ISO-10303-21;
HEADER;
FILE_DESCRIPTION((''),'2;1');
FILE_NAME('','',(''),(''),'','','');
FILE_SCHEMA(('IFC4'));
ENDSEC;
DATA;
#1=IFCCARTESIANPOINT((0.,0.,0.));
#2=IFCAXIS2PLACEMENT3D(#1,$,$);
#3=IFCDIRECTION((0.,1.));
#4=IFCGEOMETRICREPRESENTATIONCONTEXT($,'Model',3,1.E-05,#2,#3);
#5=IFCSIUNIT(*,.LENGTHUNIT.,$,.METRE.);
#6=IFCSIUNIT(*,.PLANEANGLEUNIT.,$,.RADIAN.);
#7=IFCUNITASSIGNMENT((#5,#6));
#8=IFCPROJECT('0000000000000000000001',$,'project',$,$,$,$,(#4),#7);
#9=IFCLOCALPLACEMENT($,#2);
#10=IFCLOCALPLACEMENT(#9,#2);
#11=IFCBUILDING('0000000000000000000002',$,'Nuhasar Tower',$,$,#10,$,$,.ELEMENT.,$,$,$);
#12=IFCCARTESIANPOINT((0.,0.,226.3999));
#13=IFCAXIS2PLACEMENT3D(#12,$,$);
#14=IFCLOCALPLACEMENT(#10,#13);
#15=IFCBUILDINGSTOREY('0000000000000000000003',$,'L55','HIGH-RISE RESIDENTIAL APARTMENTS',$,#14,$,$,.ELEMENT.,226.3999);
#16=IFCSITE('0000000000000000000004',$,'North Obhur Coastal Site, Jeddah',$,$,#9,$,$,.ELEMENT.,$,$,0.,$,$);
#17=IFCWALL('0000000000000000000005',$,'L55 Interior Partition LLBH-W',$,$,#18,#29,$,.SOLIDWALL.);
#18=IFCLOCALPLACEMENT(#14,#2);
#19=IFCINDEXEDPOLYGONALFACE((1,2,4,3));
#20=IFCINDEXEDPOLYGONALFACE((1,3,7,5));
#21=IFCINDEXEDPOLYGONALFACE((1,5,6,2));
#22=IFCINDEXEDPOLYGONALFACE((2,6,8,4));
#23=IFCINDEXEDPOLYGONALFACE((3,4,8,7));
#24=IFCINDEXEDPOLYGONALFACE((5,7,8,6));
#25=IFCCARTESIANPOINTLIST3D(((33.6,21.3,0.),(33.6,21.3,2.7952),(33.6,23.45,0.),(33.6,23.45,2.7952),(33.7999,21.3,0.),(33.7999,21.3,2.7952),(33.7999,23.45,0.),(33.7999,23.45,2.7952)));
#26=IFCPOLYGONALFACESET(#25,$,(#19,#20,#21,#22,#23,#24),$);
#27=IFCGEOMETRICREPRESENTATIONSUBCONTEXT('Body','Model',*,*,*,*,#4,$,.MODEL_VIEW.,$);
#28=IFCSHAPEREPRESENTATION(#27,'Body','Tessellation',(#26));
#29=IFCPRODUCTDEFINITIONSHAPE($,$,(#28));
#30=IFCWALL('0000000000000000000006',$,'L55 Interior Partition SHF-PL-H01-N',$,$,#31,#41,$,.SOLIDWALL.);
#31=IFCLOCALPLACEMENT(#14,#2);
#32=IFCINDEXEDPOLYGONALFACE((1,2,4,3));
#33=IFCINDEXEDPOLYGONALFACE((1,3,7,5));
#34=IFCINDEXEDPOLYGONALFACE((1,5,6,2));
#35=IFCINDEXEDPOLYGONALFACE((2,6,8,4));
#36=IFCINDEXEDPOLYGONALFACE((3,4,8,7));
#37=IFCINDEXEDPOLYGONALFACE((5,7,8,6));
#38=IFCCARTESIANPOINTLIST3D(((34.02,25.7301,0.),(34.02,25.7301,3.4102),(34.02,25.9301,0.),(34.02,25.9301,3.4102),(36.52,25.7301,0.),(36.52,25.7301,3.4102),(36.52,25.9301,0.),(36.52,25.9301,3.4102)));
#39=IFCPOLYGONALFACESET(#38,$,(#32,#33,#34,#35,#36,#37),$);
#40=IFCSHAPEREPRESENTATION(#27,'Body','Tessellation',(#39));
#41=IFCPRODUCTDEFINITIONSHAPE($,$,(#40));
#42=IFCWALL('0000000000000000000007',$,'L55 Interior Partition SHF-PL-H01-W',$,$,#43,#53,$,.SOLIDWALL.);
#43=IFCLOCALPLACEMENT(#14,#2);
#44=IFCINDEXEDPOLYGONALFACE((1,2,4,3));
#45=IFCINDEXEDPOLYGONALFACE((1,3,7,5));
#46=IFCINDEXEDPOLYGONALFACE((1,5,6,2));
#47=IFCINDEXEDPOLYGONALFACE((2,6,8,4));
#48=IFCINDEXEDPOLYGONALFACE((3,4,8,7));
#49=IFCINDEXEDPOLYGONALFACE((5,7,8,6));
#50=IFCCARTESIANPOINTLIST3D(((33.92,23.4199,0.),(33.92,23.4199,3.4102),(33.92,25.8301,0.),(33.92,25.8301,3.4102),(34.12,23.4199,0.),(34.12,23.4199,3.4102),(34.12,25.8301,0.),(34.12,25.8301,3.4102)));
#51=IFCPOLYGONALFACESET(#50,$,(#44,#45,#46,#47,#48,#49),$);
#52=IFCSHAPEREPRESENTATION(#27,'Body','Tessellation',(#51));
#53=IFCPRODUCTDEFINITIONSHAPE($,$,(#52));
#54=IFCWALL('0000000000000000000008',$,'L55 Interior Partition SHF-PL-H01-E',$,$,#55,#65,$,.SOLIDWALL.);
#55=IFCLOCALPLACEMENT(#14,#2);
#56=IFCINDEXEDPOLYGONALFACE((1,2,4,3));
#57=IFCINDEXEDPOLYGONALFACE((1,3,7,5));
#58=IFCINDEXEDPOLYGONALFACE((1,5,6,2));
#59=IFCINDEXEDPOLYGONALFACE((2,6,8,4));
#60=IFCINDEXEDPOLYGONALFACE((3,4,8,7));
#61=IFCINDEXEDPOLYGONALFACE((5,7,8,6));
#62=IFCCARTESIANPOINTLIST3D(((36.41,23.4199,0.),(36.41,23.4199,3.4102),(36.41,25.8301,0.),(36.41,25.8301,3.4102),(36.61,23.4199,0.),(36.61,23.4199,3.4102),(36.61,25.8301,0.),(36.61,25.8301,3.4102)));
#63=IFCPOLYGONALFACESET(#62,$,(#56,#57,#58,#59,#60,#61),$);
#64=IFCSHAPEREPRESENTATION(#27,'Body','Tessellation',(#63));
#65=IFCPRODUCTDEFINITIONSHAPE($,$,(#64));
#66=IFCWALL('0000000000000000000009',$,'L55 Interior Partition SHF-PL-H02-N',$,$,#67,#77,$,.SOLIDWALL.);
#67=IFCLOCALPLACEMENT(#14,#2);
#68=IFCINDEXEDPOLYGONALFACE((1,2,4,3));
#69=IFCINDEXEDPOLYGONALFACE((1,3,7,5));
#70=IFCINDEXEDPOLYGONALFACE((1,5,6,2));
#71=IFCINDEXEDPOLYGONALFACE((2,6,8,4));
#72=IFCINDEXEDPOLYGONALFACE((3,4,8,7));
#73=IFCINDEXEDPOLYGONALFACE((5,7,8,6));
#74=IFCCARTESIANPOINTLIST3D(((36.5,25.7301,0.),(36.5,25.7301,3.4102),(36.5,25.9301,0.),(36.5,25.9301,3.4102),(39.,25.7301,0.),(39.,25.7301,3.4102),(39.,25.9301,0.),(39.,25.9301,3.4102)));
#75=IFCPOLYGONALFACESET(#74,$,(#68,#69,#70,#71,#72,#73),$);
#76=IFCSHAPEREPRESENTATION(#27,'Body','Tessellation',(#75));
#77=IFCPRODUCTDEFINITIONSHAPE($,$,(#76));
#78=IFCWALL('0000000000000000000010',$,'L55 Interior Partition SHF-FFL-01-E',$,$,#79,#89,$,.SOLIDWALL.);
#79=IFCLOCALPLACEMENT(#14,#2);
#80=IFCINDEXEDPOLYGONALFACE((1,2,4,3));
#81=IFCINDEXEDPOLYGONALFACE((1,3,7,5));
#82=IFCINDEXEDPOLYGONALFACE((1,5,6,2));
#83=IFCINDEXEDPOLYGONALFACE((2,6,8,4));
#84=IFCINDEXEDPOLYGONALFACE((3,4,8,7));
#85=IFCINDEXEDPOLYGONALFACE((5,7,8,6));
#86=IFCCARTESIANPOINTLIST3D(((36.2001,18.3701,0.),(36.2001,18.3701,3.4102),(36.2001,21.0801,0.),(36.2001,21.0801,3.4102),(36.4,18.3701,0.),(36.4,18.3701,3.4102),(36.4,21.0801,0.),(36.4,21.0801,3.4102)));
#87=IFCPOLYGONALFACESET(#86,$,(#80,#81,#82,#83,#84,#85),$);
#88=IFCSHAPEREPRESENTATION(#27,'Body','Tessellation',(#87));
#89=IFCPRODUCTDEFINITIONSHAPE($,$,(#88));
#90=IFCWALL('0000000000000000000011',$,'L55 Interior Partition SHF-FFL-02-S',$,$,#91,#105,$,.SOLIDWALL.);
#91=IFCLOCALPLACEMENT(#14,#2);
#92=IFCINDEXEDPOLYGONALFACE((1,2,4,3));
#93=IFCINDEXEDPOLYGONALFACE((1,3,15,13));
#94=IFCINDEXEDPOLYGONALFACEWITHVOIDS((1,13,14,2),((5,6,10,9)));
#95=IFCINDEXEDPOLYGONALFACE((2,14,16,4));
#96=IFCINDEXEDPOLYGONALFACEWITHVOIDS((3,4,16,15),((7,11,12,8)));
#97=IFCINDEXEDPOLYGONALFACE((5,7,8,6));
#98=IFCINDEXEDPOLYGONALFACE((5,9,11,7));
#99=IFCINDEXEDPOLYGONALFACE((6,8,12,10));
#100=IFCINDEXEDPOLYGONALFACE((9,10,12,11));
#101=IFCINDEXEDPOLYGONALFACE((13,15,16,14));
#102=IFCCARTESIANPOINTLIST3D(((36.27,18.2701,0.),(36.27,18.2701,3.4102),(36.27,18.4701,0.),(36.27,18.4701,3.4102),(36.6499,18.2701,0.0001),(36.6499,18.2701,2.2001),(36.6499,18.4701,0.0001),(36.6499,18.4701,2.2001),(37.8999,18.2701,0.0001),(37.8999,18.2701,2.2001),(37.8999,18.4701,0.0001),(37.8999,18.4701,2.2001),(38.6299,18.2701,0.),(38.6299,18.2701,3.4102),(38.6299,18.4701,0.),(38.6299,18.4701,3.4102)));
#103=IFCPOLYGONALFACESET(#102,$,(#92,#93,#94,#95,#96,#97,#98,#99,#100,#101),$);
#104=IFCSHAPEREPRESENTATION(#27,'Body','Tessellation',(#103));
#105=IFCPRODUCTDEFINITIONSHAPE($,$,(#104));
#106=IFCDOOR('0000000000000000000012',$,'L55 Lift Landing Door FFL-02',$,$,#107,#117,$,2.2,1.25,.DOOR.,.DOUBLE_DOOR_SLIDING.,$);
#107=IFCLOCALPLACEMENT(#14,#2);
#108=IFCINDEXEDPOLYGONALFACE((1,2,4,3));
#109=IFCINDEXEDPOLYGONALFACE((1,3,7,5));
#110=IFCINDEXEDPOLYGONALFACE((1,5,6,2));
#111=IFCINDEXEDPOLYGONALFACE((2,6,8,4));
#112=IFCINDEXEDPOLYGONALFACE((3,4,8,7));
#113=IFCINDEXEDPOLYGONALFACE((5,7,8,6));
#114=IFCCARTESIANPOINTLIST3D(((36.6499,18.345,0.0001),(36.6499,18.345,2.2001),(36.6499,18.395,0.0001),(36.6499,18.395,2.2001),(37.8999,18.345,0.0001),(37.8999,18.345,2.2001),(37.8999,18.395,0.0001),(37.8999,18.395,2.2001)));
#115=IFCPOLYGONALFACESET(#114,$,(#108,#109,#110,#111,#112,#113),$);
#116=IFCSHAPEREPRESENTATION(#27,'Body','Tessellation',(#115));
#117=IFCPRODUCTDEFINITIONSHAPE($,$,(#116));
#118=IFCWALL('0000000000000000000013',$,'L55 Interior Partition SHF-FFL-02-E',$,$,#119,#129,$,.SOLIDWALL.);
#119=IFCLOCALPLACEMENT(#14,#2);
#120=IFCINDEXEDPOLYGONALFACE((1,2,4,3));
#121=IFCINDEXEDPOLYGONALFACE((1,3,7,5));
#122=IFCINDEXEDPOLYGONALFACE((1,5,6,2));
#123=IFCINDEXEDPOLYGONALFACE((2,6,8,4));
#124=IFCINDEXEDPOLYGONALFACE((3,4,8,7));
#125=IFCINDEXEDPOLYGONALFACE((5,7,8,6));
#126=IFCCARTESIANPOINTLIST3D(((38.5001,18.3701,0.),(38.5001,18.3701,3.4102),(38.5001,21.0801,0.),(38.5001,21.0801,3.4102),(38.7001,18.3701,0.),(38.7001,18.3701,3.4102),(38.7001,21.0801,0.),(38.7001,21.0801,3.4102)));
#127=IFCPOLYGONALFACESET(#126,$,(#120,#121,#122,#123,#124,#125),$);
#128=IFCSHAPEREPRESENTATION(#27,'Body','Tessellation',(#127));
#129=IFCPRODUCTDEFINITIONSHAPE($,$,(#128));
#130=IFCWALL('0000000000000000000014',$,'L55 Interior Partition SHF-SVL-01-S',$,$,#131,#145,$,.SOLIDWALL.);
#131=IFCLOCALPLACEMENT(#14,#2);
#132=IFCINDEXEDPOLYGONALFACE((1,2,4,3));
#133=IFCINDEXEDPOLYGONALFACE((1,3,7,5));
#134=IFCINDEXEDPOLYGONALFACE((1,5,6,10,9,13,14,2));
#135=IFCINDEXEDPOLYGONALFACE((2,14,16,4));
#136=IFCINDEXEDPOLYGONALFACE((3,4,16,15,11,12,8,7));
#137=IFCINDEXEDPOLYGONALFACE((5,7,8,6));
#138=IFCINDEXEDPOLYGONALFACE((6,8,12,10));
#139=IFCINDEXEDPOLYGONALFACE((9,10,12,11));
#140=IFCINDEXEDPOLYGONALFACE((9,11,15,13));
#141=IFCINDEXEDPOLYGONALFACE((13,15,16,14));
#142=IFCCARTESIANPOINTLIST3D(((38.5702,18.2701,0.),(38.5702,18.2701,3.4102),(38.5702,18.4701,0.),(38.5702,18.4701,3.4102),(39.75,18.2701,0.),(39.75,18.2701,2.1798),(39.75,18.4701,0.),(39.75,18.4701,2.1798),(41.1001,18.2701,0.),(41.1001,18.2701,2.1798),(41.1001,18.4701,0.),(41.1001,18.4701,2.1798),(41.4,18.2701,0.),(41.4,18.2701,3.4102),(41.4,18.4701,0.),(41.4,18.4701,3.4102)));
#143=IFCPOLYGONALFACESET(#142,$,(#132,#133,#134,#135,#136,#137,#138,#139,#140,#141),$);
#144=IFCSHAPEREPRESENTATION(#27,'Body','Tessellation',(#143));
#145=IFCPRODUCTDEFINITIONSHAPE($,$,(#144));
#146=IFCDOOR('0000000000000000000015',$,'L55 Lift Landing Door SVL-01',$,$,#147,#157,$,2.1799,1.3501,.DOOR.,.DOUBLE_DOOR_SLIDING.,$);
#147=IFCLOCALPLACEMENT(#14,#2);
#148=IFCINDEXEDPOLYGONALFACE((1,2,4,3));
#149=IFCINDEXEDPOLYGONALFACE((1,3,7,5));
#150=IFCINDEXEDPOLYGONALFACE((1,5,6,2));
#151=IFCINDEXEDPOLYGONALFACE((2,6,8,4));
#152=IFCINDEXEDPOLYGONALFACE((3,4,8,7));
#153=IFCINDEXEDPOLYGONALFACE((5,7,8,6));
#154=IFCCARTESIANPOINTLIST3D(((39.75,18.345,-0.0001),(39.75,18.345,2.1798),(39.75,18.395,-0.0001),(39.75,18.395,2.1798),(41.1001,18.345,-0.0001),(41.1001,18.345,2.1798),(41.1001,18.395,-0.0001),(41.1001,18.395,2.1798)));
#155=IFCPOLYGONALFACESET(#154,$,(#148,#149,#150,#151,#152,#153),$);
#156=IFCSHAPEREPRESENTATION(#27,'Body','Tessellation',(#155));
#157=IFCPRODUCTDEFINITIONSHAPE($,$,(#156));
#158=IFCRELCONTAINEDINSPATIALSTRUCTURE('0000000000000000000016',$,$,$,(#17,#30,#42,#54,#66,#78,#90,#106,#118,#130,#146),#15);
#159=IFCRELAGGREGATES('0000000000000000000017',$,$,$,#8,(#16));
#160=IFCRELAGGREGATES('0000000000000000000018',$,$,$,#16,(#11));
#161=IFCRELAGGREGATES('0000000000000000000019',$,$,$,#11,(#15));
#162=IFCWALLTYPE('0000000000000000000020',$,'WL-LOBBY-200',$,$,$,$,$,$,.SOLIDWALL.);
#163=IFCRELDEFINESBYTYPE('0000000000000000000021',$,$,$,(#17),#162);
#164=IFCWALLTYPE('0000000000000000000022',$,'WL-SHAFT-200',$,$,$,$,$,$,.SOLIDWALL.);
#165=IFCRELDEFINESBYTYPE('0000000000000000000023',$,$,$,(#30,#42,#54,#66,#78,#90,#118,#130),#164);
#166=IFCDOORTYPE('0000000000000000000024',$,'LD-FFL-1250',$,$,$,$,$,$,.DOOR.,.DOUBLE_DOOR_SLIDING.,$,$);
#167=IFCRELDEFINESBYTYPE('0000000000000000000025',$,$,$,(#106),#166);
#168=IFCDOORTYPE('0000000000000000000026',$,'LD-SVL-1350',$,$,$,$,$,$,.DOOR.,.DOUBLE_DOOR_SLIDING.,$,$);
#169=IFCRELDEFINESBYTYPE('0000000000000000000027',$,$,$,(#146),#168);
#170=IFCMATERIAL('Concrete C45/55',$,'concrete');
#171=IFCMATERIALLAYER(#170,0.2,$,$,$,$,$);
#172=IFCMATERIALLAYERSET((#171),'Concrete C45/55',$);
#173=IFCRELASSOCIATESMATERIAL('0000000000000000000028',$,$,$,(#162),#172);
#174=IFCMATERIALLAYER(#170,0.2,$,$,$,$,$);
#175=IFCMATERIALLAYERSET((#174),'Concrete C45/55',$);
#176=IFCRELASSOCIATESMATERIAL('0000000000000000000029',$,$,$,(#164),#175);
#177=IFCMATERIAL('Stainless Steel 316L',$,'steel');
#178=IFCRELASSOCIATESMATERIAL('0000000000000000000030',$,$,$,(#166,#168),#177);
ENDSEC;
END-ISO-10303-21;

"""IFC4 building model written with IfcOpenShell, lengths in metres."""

from ifc_helpers import new_model, si_unit, direction, frame, frame_2d, origin, place, context, subcontext, project, spatial, rectangle, extrude, material, layer, layer_set, type_object, element, fill, save


model = new_model("IFC4")

# Units and contexts
model_context = context("Model", 3, precision=1e-05, world=origin(), true_north=direction((0.0, 1.0)))
body_context = subcontext(model_context, "Body", "Model", "MODEL_VIEW")
ifc_project = project(units=[si_unit("LENGTHUNIT", "METRE"), si_unit("PLANEANGLEUNIT", "RADIAN")], contexts=[model_context])

# Site, building, storey
site_placement = place(None, origin())
site = spatial("IfcSite", under=ifc_project, at=site_placement, Name="North Obhur Coastal Site, Jeddah", CompositionType="ELEMENT", RefElevation=0.0)
building_placement = place(site_placement, origin())
building = spatial("IfcBuilding", under=site, at=building_placement, Name="Nuhasar Tower", CompositionType="ELEMENT")
storey_placement = place(building_placement, frame((0.0, 0.0, 226.3999)))
storey = spatial("IfcBuildingStorey", under=building, at=storey_placement, Name="L55", Description="HIGH-RISE RESIDENTIAL APARTMENTS", CompositionType="ELEMENT", Elevation=226.3999)

# Wall
ifc_material_1 = material(Name="Concrete C45/55", Category="concrete")
ifc_layer_1 = layer(ifc_material_1, 0.2)
ifc_layer_set_1 = layer_set([ifc_layer_1], Name="Concrete C45/55")
wall_type_1 = type_object("IfcWallType", Name="WL-LOBBY-200", PredefinedType="SOLIDWALL", material=ifc_layer_set_1)
wall_1_placement = place(storey_placement, frame((33.7, 21.3, 0.0), z_axis=(0.0, 0.0, 1.0), x_axis=(0.0, 1.0, 0.0)))
element("IfcWall", 1, at=wall_1_placement, inside=storey, type_object=wall_type_1, Name="L55 Interior Partition LLBH-W", PredefinedType="SOLIDWALL", context=body_context, shape_type="SweptSolid", body=[
    extrude(rectangle(XDim=2.1499, YDim=0.2, at=frame_2d((1.075, 0.0))), origin(), (0.0, 0.0, 1.0), 2.7952),
])

# Shared definitions
ifc_layer_2 = layer(ifc_material_1, 0.2)
ifc_layer_set_2 = layer_set([ifc_layer_2], Name="Concrete C45/55")
wall_type_2 = type_object("IfcWallType", Name="WL-SHAFT-200", PredefinedType="SOLIDWALL", material=ifc_layer_set_2)
ifc_material_2 = material(Name="Stainless Steel 316L", Category="steel")

# Walls
wall_2_placement = place(storey_placement, frame((34.02, 25.8301, 0.0), z_axis=(0.0, 0.0, 1.0), x_axis=(1.0, 0.0, 0.0)))
element("IfcWall", 2, at=wall_2_placement, inside=storey, type_object=wall_type_2, Name="L55 Interior Partition SHF-PL-H01-N", PredefinedType="SOLIDWALL", context=body_context, shape_type="SweptSolid", body=[
    extrude(rectangle(XDim=2.5, YDim=0.2, at=frame_2d((1.25, 0.0))), origin(), (0.0, 0.0, 1.0), 3.4102),
])
for number, where, z_axis, x_axis, name in (
    (3, (34.02, 23.4199, 0.0), (0.0, 0.0, 1.0), (0.0, 1.0, 0.0), "L55 Interior Partition SHF-PL-H01-W"),
    (4, (36.51, 23.4199, 0.0), (0.0, 0.0, 1.0), (0.0, 1.0, 0.0), "L55 Interior Partition SHF-PL-H01-E"),
):
    element("IfcWall", number, at=place(storey_placement, frame(where, z_axis=z_axis, x_axis=x_axis)), inside=storey, type_object=wall_type_2, Name=name, PredefinedType="SOLIDWALL", context=body_context, shape_type="SweptSolid", body=[
        extrude(rectangle(XDim=2.4102, YDim=0.2, at=frame_2d((1.2051, 0.0))), origin(), (0.0, 0.0, 1.0), 3.4102),
    ])

# Walls
wall_3_placement = place(storey_placement, frame((36.5, 25.8301, 0.0), z_axis=(0.0, 0.0, 1.0), x_axis=(1.0, 0.0, 0.0)))
element("IfcWall", 5, at=wall_3_placement, inside=storey, type_object=wall_type_2, Name="L55 Interior Partition SHF-PL-H02-N", PredefinedType="SOLIDWALL", context=body_context, shape_type="SweptSolid", body=[
    extrude(rectangle(XDim=2.5, YDim=0.2, at=frame_2d((1.25, 0.0))), origin(), (0.0, 0.0, 1.0), 3.4102),
])
wall_4_placement = place(storey_placement, frame((36.3, 18.3701, 0.0), z_axis=(0.0, 0.0, 1.0), x_axis=(0.0, 1.0, 0.0)))
element("IfcWall", 6, at=wall_4_placement, inside=storey, type_object=wall_type_2, Name="L55 Interior Partition SHF-FFL-01-E", PredefinedType="SOLIDWALL", context=body_context, shape_type="SweptSolid", body=[
    extrude(rectangle(XDim=2.71, YDim=0.2, at=frame_2d((1.355, 0.0))), origin(), (0.0, 0.0, 1.0), 3.4102),
])

# Wall, opening, door
wall_5_placement = place(storey_placement, frame((36.27, 18.3701, 0.0), z_axis=(0.0, 0.0, 1.0), x_axis=(1.0, 0.0, 0.0)))
wall_5 = element("IfcWall", 7, at=wall_5_placement, inside=storey, type_object=wall_type_2, Name="L55 Interior Partition SHF-FFL-02-S", PredefinedType="SOLIDWALL", context=body_context, shape_type="SweptSolid", body=[
    extrude(rectangle(XDim=2.3599, YDim=0.2, at=frame_2d((1.1799, 0.0))), origin(), (0.0, 0.0, 1.0), 3.4102),
])
opening_1_placement = place(wall_5_placement, frame((0.3799, 0.0, 0.0)))
opening_1 = element("IfcOpeningElement", 8, at=opening_1_placement, cuts=wall_5, PredefinedType="OPENING", context=body_context, shape_type="SweptSolid", body=[
    extrude(rectangle(XDim=1.25, YDim=2.2, at=frame_2d((0.625, 1.1001))), frame((0.0, 0.1099, 0.0), z_axis=(0.0, -1.0, 0.0), x_axis=(1.0, 0.0, 0.0)), (0.0, 0.0, 1.0), 0.22),
])
door_type_1 = type_object("IfcDoorType", Name="LD-FFL-1250", OperationType="DOUBLE_DOOR_SLIDING", PredefinedType="DOOR", material=ifc_material_2)
door_1_placement = place(opening_1_placement, origin())
door_1 = element("IfcDoor", 9, at=door_1_placement, inside=storey, type_object=door_type_1, Name="L55 Lift Landing Door FFL-02", OperationType="DOUBLE_DOOR_SLIDING", OverallHeight=2.2, OverallWidth=1.25, PredefinedType="DOOR", context=body_context, shape_type="SweptSolid", body=[
    extrude(rectangle(XDim=1.25, YDim=2.2, at=frame_2d((0.625, 1.1001))), frame((0.0, 0.0249, 0.0), z_axis=(0.0, -1.0, 0.0), x_axis=(1.0, 0.0, 0.0)), (0.0, 0.0, 1.0), 0.05),
])
fill(opening_1, door_1)

# Wall
wall_6_placement = place(storey_placement, frame((38.6001, 18.3701, 0.0), z_axis=(0.0, 0.0, 1.0), x_axis=(0.0, 1.0, 0.0)))
element("IfcWall", 10, at=wall_6_placement, inside=storey, type_object=wall_type_2, Name="L55 Interior Partition SHF-FFL-02-E", PredefinedType="SOLIDWALL", context=body_context, shape_type="SweptSolid", body=[
    extrude(rectangle(XDim=2.71, YDim=0.2, at=frame_2d((1.355, 0.0))), origin(), (0.0, 0.0, 1.0), 3.4102),
])

# Wall, opening, door
wall_7_placement = place(storey_placement, frame((38.5701, 18.3701, 0.0), z_axis=(0.0, 0.0, 1.0), x_axis=(1.0, 0.0, 0.0)))
wall_7 = element("IfcWall", 11, at=wall_7_placement, inside=storey, type_object=wall_type_2, Name="L55 Interior Partition SHF-SVL-01-S", PredefinedType="SOLIDWALL", context=body_context, shape_type="SweptSolid", body=[
    extrude(rectangle(XDim=2.8298, YDim=0.2, at=frame_2d((1.415, 0.0))), origin(), (0.0, 0.0, 1.0), 3.4102),
])
opening_2_placement = place(wall_7_placement, frame((1.1799, 0.0, 0.0)))
opening_2 = element("IfcOpeningElement", 12, at=opening_2_placement, cuts=wall_7, PredefinedType="OPENING", context=body_context, shape_type="SweptSolid", body=[
    extrude(rectangle(XDim=1.3501, YDim=2.1799, at=frame_2d((0.675, 1.0898))), frame((0.0, 0.1099, 0.0), z_axis=(0.0, -1.0, 0.0), x_axis=(1.0, 0.0, 0.0)), (0.0, 0.0, 1.0), 0.22),
])
door_type_2 = type_object("IfcDoorType", Name="LD-SVL-1350", OperationType="DOUBLE_DOOR_SLIDING", PredefinedType="DOOR", material=ifc_material_2)
door_2_placement = place(opening_2_placement, origin())
door_2 = element("IfcDoor", 13, at=door_2_placement, inside=storey, type_object=door_type_2, Name="L55 Lift Landing Door SVL-01", OperationType="DOUBLE_DOOR_SLIDING", OverallHeight=2.1799, OverallWidth=1.3501, PredefinedType="DOOR", context=body_context, shape_type="SweptSolid", body=[
    extrude(rectangle(XDim=1.3501, YDim=2.1799, at=frame_2d((0.675, 1.0898))), frame((0.0, 0.0249, 0.0), z_axis=(0.0, -1.0, 0.0), x_axis=(1.0, 0.0, 0.0)), (0.0, 0.0, 1.0), 0.05),
])
fill(opening_2, door_2)

save(model, "model.ifc")
